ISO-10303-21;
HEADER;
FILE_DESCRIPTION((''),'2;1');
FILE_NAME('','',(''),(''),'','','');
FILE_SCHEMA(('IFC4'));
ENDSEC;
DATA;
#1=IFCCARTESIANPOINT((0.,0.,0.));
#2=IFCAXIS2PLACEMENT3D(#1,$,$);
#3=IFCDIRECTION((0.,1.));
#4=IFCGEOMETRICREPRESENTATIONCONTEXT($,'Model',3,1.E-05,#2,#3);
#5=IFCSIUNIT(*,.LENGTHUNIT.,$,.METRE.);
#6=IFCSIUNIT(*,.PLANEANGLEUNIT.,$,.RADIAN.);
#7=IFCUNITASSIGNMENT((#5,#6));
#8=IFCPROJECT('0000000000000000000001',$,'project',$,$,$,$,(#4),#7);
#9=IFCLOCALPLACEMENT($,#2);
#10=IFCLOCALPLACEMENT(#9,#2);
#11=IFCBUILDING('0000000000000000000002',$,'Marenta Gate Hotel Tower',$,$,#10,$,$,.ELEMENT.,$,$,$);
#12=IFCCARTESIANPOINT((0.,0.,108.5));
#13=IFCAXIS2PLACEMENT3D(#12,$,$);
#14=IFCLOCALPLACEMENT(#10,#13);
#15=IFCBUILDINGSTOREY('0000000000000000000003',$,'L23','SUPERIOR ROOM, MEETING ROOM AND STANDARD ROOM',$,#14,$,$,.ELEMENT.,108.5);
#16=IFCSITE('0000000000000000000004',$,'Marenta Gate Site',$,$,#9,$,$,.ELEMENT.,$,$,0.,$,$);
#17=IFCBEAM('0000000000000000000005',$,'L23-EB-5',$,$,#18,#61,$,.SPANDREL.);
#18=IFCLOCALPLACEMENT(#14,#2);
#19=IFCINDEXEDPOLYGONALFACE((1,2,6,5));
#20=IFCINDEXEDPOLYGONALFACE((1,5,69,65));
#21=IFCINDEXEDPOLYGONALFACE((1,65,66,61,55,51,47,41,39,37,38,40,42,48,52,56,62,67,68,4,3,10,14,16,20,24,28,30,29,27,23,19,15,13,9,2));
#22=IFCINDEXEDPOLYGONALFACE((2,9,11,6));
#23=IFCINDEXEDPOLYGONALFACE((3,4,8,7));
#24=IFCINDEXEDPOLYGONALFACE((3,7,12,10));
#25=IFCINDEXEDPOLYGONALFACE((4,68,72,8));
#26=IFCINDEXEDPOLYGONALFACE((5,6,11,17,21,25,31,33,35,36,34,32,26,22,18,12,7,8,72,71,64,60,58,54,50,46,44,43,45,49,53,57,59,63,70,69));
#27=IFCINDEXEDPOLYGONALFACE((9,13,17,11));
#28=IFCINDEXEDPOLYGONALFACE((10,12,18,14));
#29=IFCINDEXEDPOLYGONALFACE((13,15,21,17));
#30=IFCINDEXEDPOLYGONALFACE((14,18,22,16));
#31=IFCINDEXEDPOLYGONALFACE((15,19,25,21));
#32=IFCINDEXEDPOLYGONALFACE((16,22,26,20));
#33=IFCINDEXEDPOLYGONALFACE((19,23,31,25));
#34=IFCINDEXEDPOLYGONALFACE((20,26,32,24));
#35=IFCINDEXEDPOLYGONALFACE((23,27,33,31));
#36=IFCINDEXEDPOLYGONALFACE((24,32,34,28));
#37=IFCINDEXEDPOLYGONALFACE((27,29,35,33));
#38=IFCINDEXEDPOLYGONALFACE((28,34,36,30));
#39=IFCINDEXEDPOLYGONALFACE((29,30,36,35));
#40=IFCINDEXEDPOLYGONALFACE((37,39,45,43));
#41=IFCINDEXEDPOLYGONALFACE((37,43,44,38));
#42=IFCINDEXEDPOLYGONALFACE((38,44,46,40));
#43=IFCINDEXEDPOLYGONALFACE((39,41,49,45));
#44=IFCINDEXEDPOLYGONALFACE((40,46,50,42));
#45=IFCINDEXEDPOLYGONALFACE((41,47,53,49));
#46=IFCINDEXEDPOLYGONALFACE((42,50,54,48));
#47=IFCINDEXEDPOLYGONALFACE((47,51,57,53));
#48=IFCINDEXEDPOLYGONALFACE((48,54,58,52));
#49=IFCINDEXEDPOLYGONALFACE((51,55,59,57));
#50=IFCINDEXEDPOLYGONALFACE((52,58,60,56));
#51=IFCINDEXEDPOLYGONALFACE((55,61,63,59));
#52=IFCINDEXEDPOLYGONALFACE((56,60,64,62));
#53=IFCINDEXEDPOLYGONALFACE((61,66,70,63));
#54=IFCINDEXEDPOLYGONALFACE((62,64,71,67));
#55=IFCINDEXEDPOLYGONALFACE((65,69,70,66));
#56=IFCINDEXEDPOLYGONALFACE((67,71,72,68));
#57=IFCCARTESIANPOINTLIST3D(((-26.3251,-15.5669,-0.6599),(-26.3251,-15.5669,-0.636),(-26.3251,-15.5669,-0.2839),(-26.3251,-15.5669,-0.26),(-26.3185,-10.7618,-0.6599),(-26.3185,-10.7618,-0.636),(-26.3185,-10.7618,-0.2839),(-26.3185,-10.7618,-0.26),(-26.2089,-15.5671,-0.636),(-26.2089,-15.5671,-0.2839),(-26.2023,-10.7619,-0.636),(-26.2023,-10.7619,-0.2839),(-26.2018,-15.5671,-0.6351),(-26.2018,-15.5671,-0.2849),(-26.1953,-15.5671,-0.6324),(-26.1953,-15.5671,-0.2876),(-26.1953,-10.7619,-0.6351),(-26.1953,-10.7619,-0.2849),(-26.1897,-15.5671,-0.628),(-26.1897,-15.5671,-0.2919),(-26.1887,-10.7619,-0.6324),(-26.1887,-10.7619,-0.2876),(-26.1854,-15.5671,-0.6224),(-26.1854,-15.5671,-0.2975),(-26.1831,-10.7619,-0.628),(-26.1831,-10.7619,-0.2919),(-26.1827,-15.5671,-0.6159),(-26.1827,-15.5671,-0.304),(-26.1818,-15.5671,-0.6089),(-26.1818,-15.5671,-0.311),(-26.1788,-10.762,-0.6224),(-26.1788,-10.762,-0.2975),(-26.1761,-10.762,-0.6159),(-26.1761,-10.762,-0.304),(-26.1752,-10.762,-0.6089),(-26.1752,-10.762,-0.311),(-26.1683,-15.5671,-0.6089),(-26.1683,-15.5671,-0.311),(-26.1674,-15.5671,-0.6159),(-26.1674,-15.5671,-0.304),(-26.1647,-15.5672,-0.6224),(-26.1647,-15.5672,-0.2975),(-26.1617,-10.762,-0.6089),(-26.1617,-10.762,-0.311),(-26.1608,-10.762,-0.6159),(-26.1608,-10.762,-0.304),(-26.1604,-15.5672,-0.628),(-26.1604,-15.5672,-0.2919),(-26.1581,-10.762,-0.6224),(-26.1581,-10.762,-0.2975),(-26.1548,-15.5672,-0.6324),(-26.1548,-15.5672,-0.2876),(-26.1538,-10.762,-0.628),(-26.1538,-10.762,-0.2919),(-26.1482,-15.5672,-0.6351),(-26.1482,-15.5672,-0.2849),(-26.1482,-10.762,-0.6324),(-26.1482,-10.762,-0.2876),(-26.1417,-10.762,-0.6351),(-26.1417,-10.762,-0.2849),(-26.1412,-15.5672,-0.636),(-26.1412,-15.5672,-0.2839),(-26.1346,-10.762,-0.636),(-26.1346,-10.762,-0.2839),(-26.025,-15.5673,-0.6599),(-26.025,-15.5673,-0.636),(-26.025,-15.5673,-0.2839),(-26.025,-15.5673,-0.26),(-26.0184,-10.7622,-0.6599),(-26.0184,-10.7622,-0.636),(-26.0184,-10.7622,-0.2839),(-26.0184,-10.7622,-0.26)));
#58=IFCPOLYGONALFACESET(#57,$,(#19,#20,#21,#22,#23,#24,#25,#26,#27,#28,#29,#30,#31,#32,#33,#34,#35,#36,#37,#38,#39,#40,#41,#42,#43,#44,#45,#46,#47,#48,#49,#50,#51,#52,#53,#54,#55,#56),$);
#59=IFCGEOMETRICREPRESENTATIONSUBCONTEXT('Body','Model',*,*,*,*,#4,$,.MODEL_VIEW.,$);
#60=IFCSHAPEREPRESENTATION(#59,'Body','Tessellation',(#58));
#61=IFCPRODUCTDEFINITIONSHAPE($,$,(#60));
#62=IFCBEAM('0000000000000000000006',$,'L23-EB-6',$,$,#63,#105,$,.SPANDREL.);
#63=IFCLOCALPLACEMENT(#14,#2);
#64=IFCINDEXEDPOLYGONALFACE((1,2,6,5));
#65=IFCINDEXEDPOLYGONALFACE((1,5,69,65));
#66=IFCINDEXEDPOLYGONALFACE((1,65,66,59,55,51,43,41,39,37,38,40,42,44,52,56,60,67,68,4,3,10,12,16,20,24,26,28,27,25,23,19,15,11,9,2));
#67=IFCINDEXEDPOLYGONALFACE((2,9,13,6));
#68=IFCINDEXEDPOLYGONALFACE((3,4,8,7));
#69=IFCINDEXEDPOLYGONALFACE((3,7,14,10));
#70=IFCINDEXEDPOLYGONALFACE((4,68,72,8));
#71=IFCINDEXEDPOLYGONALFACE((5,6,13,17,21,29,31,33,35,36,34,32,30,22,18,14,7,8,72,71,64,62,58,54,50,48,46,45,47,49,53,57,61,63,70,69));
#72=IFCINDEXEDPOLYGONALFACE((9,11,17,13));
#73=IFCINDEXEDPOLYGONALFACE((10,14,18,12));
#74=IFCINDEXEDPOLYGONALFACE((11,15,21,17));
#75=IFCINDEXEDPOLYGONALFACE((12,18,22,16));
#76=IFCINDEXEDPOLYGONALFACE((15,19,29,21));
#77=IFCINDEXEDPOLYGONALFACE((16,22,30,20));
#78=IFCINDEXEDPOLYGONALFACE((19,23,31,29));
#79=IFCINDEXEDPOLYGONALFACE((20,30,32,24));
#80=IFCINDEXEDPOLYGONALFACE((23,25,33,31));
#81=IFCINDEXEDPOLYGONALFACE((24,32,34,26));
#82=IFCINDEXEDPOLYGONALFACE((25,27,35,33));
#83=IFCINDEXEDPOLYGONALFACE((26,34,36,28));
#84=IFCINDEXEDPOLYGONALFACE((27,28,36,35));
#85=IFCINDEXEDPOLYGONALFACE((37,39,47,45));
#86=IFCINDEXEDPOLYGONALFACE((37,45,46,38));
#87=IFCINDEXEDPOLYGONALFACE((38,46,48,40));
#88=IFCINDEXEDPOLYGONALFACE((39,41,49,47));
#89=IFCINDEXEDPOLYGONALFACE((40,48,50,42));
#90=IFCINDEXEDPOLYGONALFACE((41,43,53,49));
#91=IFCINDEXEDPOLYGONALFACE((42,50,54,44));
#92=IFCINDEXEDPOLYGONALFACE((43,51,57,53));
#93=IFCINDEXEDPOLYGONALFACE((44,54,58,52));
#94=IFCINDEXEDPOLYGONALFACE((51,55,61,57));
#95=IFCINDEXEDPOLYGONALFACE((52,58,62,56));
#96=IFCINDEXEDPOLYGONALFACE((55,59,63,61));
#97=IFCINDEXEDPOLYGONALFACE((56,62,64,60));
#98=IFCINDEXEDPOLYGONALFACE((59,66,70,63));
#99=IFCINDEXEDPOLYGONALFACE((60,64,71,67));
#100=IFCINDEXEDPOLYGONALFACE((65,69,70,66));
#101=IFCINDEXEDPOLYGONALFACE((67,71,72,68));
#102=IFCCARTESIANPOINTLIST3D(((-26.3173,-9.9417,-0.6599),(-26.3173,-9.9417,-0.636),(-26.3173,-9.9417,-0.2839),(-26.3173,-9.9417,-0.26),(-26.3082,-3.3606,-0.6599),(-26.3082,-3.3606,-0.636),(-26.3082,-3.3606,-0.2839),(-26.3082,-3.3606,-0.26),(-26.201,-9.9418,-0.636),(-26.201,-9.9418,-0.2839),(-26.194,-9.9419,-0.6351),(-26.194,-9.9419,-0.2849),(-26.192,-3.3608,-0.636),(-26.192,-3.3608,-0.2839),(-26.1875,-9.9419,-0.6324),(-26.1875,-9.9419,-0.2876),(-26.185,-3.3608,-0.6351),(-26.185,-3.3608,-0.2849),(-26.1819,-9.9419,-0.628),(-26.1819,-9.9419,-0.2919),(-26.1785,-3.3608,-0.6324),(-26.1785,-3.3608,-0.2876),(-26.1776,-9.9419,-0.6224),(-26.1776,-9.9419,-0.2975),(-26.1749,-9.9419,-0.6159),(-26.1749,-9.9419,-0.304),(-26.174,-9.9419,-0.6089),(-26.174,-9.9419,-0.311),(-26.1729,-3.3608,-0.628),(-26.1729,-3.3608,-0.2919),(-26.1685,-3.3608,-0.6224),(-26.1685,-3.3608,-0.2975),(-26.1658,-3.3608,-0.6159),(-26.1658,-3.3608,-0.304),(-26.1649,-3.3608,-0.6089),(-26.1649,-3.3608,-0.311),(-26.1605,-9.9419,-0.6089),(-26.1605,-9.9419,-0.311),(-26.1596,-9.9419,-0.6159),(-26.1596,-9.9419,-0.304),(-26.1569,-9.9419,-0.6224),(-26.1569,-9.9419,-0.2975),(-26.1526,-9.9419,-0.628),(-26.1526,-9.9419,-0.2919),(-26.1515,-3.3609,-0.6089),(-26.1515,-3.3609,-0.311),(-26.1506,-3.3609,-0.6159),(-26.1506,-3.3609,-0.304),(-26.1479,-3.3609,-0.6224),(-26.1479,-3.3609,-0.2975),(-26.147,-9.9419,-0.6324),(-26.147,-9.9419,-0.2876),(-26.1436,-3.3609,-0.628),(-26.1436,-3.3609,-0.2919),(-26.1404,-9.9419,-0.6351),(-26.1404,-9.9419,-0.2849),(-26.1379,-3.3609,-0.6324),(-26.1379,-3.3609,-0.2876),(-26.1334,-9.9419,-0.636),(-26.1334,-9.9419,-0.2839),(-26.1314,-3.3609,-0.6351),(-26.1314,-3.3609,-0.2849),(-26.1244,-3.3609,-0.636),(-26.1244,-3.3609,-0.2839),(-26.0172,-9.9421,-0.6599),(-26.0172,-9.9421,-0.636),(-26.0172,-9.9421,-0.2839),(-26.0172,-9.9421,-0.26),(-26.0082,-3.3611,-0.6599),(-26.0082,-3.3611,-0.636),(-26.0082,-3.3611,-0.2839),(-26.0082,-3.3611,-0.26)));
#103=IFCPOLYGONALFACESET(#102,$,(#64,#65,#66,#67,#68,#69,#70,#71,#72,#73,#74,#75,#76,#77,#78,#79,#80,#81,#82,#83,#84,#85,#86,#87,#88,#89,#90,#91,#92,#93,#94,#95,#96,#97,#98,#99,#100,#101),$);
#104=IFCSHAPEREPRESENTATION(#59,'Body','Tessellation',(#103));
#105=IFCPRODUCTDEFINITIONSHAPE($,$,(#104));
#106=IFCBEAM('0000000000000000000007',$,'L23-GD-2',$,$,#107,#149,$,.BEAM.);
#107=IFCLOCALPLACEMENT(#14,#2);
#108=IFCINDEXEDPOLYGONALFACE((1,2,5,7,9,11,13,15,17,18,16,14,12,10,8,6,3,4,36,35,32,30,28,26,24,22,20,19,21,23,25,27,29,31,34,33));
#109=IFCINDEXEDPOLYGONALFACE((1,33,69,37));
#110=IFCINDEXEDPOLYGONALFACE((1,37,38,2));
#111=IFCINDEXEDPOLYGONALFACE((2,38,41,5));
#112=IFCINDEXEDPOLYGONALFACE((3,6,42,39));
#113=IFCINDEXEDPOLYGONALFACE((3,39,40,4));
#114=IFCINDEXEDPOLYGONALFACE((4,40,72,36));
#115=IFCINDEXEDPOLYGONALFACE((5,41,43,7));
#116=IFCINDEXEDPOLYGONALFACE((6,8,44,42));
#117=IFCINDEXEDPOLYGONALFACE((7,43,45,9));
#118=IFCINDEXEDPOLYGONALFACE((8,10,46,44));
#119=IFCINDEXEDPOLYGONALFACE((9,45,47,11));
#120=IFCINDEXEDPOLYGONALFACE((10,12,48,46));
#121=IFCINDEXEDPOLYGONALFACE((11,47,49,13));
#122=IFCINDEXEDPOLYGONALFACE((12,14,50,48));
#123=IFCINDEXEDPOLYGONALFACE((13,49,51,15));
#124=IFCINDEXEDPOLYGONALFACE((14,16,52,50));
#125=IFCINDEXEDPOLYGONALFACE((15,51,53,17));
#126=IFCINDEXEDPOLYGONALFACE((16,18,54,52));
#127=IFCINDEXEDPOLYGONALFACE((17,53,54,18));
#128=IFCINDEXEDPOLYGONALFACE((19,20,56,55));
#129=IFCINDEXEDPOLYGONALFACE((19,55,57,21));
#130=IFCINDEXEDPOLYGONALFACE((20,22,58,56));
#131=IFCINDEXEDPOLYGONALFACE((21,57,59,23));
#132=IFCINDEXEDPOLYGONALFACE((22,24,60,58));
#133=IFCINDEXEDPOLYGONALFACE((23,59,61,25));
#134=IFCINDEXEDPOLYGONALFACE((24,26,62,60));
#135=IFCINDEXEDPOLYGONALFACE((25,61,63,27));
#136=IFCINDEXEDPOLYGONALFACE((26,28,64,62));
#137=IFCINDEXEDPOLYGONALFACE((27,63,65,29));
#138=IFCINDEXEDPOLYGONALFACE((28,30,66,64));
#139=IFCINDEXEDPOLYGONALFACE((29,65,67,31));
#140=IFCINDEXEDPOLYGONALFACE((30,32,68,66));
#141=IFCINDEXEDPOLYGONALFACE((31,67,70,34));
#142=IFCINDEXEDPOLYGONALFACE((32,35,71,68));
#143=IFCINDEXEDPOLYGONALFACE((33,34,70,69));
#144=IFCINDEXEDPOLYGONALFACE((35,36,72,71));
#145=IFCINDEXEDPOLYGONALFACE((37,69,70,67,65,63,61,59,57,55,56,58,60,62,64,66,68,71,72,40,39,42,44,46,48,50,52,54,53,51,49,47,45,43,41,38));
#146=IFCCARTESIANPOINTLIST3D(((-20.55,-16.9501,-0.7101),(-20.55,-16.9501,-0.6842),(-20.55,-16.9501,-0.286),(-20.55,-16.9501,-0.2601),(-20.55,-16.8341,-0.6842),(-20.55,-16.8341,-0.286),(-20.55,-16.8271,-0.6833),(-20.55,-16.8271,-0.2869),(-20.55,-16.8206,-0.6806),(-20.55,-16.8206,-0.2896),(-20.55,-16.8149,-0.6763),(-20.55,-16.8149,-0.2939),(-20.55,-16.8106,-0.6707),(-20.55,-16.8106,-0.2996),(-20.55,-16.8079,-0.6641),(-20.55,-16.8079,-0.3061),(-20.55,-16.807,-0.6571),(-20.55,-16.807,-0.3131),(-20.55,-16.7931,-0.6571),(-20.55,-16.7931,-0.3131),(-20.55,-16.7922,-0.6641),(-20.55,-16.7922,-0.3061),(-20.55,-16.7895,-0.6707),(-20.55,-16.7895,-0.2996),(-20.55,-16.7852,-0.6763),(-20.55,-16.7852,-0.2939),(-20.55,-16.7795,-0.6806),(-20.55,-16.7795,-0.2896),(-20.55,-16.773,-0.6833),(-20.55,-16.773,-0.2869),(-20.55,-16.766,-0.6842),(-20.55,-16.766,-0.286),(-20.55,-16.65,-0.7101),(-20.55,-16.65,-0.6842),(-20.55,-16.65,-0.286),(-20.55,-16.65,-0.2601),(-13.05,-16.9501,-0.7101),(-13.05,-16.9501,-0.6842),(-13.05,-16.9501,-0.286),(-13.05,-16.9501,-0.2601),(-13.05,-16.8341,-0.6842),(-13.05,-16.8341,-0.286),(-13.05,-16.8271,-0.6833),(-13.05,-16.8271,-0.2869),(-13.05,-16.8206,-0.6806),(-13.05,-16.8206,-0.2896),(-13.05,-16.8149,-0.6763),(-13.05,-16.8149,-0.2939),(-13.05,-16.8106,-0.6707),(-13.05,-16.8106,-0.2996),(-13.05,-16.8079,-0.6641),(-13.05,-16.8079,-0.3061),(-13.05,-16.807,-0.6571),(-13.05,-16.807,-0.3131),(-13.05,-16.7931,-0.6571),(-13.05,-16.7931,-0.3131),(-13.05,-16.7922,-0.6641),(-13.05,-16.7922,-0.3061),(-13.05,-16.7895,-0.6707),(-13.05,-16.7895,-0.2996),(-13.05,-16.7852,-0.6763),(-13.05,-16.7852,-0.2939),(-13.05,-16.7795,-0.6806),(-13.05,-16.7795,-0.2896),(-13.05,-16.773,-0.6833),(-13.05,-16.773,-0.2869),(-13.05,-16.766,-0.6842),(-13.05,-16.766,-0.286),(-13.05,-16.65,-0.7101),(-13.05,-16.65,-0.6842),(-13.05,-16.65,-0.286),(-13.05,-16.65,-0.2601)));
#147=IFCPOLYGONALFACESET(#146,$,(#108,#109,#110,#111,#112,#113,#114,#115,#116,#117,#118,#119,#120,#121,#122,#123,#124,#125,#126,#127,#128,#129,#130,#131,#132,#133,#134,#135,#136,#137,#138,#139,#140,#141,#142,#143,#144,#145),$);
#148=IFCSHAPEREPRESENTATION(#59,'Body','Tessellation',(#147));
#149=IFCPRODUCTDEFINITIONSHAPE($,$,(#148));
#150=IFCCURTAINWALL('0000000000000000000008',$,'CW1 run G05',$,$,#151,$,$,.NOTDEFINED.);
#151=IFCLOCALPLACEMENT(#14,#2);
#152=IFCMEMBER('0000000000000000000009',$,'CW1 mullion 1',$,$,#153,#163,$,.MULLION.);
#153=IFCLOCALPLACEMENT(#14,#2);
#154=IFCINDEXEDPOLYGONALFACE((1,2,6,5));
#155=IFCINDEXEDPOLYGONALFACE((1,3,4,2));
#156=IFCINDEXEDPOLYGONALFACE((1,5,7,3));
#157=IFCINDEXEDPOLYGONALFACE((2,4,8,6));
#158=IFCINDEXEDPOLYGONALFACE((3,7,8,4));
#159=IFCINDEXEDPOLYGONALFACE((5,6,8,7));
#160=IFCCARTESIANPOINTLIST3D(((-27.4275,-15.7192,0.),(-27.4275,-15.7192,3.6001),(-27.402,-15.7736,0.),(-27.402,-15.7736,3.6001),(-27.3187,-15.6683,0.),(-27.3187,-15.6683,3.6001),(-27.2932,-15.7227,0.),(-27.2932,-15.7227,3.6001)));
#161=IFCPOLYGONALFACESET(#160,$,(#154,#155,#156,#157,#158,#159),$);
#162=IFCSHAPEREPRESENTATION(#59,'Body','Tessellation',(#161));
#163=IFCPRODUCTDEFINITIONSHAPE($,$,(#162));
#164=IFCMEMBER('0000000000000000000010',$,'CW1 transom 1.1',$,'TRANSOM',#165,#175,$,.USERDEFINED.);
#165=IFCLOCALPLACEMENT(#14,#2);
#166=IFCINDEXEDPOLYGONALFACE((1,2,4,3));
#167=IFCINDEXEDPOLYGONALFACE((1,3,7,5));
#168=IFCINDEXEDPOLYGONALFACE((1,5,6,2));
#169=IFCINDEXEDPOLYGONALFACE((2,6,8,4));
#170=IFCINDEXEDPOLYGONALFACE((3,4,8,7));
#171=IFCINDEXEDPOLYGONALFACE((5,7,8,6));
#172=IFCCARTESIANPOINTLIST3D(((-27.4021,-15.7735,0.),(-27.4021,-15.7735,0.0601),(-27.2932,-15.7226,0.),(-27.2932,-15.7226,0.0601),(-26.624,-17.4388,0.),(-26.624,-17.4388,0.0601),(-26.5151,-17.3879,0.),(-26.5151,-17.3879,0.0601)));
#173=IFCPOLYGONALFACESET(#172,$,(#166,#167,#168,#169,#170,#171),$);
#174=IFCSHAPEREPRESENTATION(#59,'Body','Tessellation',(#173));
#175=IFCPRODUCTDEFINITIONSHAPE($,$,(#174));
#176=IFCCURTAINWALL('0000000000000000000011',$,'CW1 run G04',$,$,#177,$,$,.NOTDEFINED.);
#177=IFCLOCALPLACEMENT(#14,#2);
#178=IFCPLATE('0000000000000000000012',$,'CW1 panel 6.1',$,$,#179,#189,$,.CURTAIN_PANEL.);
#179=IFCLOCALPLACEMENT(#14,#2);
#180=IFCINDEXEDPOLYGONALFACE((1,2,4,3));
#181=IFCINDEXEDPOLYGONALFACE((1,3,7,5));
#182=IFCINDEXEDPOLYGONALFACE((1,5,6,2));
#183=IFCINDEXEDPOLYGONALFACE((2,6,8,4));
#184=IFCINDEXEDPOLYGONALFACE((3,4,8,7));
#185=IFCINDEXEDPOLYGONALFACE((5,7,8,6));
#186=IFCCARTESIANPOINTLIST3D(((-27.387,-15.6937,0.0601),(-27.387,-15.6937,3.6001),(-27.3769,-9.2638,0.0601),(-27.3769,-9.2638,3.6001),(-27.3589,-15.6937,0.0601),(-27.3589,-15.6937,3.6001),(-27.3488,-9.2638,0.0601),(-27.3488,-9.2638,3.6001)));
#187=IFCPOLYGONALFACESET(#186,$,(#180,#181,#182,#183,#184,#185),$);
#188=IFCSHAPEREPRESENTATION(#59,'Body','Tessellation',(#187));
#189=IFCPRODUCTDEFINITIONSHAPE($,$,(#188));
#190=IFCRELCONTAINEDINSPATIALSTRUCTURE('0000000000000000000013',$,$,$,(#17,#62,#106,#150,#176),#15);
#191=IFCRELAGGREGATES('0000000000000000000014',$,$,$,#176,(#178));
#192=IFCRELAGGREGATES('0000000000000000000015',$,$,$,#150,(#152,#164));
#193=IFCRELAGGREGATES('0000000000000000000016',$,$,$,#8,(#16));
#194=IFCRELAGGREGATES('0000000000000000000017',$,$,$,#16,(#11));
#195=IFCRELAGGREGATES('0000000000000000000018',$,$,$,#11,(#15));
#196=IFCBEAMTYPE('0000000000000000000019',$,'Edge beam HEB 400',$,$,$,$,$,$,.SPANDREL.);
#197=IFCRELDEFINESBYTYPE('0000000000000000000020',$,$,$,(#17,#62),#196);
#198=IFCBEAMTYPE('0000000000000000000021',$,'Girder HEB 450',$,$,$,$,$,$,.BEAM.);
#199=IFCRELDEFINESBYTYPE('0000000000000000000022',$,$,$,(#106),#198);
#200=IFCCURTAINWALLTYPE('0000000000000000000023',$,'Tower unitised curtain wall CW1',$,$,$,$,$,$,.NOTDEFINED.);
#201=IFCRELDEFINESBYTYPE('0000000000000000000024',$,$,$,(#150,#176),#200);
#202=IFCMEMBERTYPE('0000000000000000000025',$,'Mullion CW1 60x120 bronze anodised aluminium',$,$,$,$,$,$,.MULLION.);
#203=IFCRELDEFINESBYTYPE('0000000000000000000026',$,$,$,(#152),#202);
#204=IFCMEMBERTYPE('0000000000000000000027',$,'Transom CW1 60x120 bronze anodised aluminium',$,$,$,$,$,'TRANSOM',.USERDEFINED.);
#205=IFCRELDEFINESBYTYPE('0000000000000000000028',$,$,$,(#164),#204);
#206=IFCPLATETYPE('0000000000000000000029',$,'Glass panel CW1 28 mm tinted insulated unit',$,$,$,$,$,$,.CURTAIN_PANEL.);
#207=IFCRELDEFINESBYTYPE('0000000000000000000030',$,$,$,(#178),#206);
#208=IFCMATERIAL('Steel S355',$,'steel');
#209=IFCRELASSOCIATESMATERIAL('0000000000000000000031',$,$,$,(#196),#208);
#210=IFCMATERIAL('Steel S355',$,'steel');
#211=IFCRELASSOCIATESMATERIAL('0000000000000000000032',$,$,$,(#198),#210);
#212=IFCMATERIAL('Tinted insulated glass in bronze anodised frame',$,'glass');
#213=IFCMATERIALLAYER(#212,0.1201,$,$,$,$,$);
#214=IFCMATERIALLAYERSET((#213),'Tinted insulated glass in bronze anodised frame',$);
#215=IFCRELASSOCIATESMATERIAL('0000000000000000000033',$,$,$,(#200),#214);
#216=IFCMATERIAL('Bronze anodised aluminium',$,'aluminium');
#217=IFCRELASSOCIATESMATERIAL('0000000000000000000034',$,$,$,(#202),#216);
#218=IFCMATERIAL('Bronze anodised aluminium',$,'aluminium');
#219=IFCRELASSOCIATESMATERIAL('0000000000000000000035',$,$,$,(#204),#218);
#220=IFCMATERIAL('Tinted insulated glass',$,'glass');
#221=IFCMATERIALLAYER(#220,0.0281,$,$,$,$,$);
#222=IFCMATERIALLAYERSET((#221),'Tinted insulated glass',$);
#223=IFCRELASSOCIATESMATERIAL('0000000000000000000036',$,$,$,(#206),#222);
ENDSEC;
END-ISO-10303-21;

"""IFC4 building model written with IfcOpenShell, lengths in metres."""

from ifc_helpers import new_model, si_unit, direction, frame, origin, origin_2d, place, context, subcontext, project, spatial, rectangle, i_section, extrude, material, layer, layer_set, material_profile, profile_set, type_object, element, aggregate, save


model = new_model("IFC4")

# Units and contexts
model_context = context("Model", 3, precision=1e-05, world=origin(), true_north=direction((0.0, 1.0)))
body_context = subcontext(model_context, "Body", "Model", "MODEL_VIEW")
ifc_project = project(units=[si_unit("LENGTHUNIT", "METRE"), si_unit("PLANEANGLEUNIT", "RADIAN")], contexts=[model_context])

# Site, building, storey
site_placement = place(None, origin())
site = spatial("IfcSite", under=ifc_project, at=site_placement, Name="Marenta Gate Site", CompositionType="ELEMENT", RefElevation=0.0)
building_placement = place(site_placement, origin())
building = spatial("IfcBuilding", under=site, at=building_placement, Name="Marenta Gate Hotel Tower", CompositionType="ELEMENT")
storey_placement = place(building_placement, frame((0.0, 0.0, 108.5)))
storey = spatial("IfcBuildingStorey", under=building, at=storey_placement, Name="L23", Description="SUPERIOR ROOM, MEETING ROOM AND STANDARD ROOM", CompositionType="ELEMENT", Elevation=108.5)

# Beams
ifc_material_1 = material(Name="Steel S355", Category="steel")
ifc_material_profile_1 = material_profile(ifc_material_1, i_section(OverallWidth=0.3, OverallDepth=0.3999, WebThickness=0.0134, FlangeThickness=0.0239, FilletRadius=0.0271, at=origin_2d()), Name="HEB 400")
ifc_profile_set_1 = profile_set([ifc_material_profile_1], Name="Steel S355")
beam_type_1 = type_object("IfcBeamType", Name="Edge beam HEB 400", PredefinedType="SPANDREL", material=ifc_profile_set_1)
beam_1_placement = place(storey_placement, frame((-26.175, -15.5671, -0.46), z_axis=(0.001372, 0.999999, 0.0), x_axis=(-0.999999, 0.001372, 0.0)))
element("IfcBeam", 1, at=beam_1_placement, inside=storey, type_object=beam_type_1, Name="L23-EB-5", PredefinedType="SPANDREL", context=body_context, shape_type="SweptSolid", body=[
    extrude(i_section(OverallWidth=0.3, OverallDepth=0.3999, WebThickness=0.0134, FlangeThickness=0.0239, FilletRadius=0.0271, at=origin_2d()), origin(), (0.0, 0.0, 1.0), 4.8052),
])
beam_2_placement = place(storey_placement, frame((-26.1672, -9.9419, -0.46), z_axis=(0.001373, 0.999999, 0.0), x_axis=(-0.999999, 0.001373, 0.0)))
element("IfcBeam", 2, at=beam_2_placement, inside=storey, type_object=beam_type_1, Name="L23-EB-6", PredefinedType="SPANDREL", context=body_context, shape_type="SweptSolid", body=[
    extrude(i_section(OverallWidth=0.3, OverallDepth=0.3999, WebThickness=0.0134, FlangeThickness=0.0239, FilletRadius=0.0271, at=origin_2d()), origin(), (0.0, 0.0, 1.0), 6.5811),
])
ifc_material_2 = material(Name="Steel S355", Category="steel")
ifc_material_profile_2 = material_profile(ifc_material_2, i_section(OverallWidth=0.3, OverallDepth=0.45, WebThickness=0.0139, FlangeThickness=0.0259, FilletRadius=0.0271, at=origin_2d()), Name="HEB 450")
ifc_profile_set_2 = profile_set([ifc_material_profile_2], Name="Steel S355")
beam_type_2 = type_object("IfcBeamType", Name="Girder HEB 450", PredefinedType="BEAM", material=ifc_profile_set_2)
beam_3_placement = place(storey_placement, frame((-20.55, -16.8, -0.4851), z_axis=(1.0, 0.0, 0.0), x_axis=(0.0, 1.0, 0.0)))
element("IfcBeam", 3, at=beam_3_placement, inside=storey, type_object=beam_type_2, Name="L23-GD-2", PredefinedType="BEAM", context=body_context, shape_type="SweptSolid", body=[
    extrude(i_section(OverallWidth=0.3, OverallDepth=0.45, WebThickness=0.0139, FlangeThickness=0.0259, FilletRadius=0.0271, at=origin_2d()), origin(), (0.0, 0.0, 1.0), 7.5),
])

# Curtain wall, members
ifc_material_3 = material(Name="Tinted insulated glass in bronze anodised frame", Category="glass")
ifc_layer_1 = layer(ifc_material_3, 0.1201)
ifc_layer_set_1 = layer_set([ifc_layer_1], Name="Tinted insulated glass in bronze anodised frame")
curtain_wall_type = type_object("IfcCurtainWallType", Name="Tower unitised curtain wall CW1", PredefinedType="NOTDEFINED", material=ifc_layer_set_1)
curtain_wall_1_placement = place(storey_placement, origin())
curtain_wall_1 = element("IfcCurtainWall", 4, at=curtain_wall_1_placement, inside=storey, type_object=curtain_wall_type, Name="CW1 run G05", PredefinedType="NOTDEFINED")
ifc_material_4 = material(Name="Bronze anodised aluminium", Category="aluminium")
ifc_material_profile_3 = material_profile(ifc_material_4, rectangle(XDim=0.1201, YDim=0.0601, at=origin_2d()), Name="Mullion CW1 60x120 bronze anodised aluminium")
ifc_profile_set_3 = profile_set([ifc_material_profile_3], Name="Bronze anodised aluminium")
member_type_1 = type_object("IfcMemberType", Name="Mullion CW1 60x120 bronze anodised aluminium", PredefinedType="MULLION", material=ifc_profile_set_3)
member_1_placement = place(storey_placement, frame((-27.3604, -15.7209, 0.0), z_axis=(0.0, 0.0, 1.0), x_axis=(0.905968, 0.423347, 0.0)))
member_1 = element("IfcMember", 5, at=member_1_placement, type_object=member_type_1, Name="CW1 mullion 1", PredefinedType="MULLION", context=body_context, shape_type="SweptSolid", body=[
    extrude(rectangle(XDim=0.1201, YDim=0.0601, at=origin_2d()), origin(), (0.0, 0.0, 1.0), 3.6001),
])
ifc_material_5 = material(Name="Bronze anodised aluminium", Category="aluminium")
ifc_material_profile_4 = material_profile(ifc_material_5, rectangle(XDim=0.1201, YDim=0.0601, at=origin_2d()), Name="Transom CW1 60x120 bronze anodised aluminium")
ifc_profile_set_4 = profile_set([ifc_material_profile_4], Name="Bronze anodised aluminium")
member_type_2 = type_object("IfcMemberType", Name="Transom CW1 60x120 bronze anodised aluminium", ElementType="TRANSOM", PredefinedType="USERDEFINED", material=ifc_profile_set_4)
member_2_placement = place(storey_placement, frame((-27.3477, -15.748, 0.03), z_axis=(0.423307, -0.905986, 0.0), x_axis=(0.905986, 0.423307, 0.0)))
member_2 = element("IfcMember", 6, at=member_2_placement, type_object=member_type_2, Name="CW1 transom 1.1", ObjectType="TRANSOM", PredefinedType="USERDEFINED", context=body_context, shape_type="SweptSolid", body=[
    extrude(rectangle(XDim=0.1201, YDim=0.0601, at=origin_2d()), origin(), (0.0, 0.0, 1.0), 1.8381),
])

# Curtain wall, plate
curtain_wall_2_placement = place(storey_placement, origin())
curtain_wall_2 = element("IfcCurtainWall", 7, at=curtain_wall_2_placement, inside=storey, type_object=curtain_wall_type, Name="CW1 run G04", PredefinedType="NOTDEFINED")
ifc_material_6 = material(Name="Tinted insulated glass", Category="glass")
ifc_layer_2 = layer(ifc_material_6, 0.0281)
ifc_layer_set_2 = layer_set([ifc_layer_2], Name="Tinted insulated glass")
plate_type = type_object("IfcPlateType", Name="Glass panel CW1 28 mm tinted insulated unit", PredefinedType="CURTAIN_PANEL", material=ifc_layer_set_2)
plate_1_placement = place(storey_placement, frame((-27.3679, -12.4788, 0.0601), z_axis=(0.0, 0.0, 1.0), x_axis=(-0.001566, -0.999999, 0.0)))
plate_1 = element("IfcPlate", 8, at=plate_1_placement, type_object=plate_type, Name="CW1 panel 6.1", PredefinedType="CURTAIN_PANEL", context=body_context, shape_type="SweptSolid", body=[
    extrude(rectangle(XDim=6.4299, YDim=0.0281, at=origin_2d()), origin(), (0.0, 0.0, 1.0), 3.54),
])
aggregate(curtain_wall_2, [plate_1])

aggregate(curtain_wall_1, [member_1, member_2])

save(model, "model.ifc")
